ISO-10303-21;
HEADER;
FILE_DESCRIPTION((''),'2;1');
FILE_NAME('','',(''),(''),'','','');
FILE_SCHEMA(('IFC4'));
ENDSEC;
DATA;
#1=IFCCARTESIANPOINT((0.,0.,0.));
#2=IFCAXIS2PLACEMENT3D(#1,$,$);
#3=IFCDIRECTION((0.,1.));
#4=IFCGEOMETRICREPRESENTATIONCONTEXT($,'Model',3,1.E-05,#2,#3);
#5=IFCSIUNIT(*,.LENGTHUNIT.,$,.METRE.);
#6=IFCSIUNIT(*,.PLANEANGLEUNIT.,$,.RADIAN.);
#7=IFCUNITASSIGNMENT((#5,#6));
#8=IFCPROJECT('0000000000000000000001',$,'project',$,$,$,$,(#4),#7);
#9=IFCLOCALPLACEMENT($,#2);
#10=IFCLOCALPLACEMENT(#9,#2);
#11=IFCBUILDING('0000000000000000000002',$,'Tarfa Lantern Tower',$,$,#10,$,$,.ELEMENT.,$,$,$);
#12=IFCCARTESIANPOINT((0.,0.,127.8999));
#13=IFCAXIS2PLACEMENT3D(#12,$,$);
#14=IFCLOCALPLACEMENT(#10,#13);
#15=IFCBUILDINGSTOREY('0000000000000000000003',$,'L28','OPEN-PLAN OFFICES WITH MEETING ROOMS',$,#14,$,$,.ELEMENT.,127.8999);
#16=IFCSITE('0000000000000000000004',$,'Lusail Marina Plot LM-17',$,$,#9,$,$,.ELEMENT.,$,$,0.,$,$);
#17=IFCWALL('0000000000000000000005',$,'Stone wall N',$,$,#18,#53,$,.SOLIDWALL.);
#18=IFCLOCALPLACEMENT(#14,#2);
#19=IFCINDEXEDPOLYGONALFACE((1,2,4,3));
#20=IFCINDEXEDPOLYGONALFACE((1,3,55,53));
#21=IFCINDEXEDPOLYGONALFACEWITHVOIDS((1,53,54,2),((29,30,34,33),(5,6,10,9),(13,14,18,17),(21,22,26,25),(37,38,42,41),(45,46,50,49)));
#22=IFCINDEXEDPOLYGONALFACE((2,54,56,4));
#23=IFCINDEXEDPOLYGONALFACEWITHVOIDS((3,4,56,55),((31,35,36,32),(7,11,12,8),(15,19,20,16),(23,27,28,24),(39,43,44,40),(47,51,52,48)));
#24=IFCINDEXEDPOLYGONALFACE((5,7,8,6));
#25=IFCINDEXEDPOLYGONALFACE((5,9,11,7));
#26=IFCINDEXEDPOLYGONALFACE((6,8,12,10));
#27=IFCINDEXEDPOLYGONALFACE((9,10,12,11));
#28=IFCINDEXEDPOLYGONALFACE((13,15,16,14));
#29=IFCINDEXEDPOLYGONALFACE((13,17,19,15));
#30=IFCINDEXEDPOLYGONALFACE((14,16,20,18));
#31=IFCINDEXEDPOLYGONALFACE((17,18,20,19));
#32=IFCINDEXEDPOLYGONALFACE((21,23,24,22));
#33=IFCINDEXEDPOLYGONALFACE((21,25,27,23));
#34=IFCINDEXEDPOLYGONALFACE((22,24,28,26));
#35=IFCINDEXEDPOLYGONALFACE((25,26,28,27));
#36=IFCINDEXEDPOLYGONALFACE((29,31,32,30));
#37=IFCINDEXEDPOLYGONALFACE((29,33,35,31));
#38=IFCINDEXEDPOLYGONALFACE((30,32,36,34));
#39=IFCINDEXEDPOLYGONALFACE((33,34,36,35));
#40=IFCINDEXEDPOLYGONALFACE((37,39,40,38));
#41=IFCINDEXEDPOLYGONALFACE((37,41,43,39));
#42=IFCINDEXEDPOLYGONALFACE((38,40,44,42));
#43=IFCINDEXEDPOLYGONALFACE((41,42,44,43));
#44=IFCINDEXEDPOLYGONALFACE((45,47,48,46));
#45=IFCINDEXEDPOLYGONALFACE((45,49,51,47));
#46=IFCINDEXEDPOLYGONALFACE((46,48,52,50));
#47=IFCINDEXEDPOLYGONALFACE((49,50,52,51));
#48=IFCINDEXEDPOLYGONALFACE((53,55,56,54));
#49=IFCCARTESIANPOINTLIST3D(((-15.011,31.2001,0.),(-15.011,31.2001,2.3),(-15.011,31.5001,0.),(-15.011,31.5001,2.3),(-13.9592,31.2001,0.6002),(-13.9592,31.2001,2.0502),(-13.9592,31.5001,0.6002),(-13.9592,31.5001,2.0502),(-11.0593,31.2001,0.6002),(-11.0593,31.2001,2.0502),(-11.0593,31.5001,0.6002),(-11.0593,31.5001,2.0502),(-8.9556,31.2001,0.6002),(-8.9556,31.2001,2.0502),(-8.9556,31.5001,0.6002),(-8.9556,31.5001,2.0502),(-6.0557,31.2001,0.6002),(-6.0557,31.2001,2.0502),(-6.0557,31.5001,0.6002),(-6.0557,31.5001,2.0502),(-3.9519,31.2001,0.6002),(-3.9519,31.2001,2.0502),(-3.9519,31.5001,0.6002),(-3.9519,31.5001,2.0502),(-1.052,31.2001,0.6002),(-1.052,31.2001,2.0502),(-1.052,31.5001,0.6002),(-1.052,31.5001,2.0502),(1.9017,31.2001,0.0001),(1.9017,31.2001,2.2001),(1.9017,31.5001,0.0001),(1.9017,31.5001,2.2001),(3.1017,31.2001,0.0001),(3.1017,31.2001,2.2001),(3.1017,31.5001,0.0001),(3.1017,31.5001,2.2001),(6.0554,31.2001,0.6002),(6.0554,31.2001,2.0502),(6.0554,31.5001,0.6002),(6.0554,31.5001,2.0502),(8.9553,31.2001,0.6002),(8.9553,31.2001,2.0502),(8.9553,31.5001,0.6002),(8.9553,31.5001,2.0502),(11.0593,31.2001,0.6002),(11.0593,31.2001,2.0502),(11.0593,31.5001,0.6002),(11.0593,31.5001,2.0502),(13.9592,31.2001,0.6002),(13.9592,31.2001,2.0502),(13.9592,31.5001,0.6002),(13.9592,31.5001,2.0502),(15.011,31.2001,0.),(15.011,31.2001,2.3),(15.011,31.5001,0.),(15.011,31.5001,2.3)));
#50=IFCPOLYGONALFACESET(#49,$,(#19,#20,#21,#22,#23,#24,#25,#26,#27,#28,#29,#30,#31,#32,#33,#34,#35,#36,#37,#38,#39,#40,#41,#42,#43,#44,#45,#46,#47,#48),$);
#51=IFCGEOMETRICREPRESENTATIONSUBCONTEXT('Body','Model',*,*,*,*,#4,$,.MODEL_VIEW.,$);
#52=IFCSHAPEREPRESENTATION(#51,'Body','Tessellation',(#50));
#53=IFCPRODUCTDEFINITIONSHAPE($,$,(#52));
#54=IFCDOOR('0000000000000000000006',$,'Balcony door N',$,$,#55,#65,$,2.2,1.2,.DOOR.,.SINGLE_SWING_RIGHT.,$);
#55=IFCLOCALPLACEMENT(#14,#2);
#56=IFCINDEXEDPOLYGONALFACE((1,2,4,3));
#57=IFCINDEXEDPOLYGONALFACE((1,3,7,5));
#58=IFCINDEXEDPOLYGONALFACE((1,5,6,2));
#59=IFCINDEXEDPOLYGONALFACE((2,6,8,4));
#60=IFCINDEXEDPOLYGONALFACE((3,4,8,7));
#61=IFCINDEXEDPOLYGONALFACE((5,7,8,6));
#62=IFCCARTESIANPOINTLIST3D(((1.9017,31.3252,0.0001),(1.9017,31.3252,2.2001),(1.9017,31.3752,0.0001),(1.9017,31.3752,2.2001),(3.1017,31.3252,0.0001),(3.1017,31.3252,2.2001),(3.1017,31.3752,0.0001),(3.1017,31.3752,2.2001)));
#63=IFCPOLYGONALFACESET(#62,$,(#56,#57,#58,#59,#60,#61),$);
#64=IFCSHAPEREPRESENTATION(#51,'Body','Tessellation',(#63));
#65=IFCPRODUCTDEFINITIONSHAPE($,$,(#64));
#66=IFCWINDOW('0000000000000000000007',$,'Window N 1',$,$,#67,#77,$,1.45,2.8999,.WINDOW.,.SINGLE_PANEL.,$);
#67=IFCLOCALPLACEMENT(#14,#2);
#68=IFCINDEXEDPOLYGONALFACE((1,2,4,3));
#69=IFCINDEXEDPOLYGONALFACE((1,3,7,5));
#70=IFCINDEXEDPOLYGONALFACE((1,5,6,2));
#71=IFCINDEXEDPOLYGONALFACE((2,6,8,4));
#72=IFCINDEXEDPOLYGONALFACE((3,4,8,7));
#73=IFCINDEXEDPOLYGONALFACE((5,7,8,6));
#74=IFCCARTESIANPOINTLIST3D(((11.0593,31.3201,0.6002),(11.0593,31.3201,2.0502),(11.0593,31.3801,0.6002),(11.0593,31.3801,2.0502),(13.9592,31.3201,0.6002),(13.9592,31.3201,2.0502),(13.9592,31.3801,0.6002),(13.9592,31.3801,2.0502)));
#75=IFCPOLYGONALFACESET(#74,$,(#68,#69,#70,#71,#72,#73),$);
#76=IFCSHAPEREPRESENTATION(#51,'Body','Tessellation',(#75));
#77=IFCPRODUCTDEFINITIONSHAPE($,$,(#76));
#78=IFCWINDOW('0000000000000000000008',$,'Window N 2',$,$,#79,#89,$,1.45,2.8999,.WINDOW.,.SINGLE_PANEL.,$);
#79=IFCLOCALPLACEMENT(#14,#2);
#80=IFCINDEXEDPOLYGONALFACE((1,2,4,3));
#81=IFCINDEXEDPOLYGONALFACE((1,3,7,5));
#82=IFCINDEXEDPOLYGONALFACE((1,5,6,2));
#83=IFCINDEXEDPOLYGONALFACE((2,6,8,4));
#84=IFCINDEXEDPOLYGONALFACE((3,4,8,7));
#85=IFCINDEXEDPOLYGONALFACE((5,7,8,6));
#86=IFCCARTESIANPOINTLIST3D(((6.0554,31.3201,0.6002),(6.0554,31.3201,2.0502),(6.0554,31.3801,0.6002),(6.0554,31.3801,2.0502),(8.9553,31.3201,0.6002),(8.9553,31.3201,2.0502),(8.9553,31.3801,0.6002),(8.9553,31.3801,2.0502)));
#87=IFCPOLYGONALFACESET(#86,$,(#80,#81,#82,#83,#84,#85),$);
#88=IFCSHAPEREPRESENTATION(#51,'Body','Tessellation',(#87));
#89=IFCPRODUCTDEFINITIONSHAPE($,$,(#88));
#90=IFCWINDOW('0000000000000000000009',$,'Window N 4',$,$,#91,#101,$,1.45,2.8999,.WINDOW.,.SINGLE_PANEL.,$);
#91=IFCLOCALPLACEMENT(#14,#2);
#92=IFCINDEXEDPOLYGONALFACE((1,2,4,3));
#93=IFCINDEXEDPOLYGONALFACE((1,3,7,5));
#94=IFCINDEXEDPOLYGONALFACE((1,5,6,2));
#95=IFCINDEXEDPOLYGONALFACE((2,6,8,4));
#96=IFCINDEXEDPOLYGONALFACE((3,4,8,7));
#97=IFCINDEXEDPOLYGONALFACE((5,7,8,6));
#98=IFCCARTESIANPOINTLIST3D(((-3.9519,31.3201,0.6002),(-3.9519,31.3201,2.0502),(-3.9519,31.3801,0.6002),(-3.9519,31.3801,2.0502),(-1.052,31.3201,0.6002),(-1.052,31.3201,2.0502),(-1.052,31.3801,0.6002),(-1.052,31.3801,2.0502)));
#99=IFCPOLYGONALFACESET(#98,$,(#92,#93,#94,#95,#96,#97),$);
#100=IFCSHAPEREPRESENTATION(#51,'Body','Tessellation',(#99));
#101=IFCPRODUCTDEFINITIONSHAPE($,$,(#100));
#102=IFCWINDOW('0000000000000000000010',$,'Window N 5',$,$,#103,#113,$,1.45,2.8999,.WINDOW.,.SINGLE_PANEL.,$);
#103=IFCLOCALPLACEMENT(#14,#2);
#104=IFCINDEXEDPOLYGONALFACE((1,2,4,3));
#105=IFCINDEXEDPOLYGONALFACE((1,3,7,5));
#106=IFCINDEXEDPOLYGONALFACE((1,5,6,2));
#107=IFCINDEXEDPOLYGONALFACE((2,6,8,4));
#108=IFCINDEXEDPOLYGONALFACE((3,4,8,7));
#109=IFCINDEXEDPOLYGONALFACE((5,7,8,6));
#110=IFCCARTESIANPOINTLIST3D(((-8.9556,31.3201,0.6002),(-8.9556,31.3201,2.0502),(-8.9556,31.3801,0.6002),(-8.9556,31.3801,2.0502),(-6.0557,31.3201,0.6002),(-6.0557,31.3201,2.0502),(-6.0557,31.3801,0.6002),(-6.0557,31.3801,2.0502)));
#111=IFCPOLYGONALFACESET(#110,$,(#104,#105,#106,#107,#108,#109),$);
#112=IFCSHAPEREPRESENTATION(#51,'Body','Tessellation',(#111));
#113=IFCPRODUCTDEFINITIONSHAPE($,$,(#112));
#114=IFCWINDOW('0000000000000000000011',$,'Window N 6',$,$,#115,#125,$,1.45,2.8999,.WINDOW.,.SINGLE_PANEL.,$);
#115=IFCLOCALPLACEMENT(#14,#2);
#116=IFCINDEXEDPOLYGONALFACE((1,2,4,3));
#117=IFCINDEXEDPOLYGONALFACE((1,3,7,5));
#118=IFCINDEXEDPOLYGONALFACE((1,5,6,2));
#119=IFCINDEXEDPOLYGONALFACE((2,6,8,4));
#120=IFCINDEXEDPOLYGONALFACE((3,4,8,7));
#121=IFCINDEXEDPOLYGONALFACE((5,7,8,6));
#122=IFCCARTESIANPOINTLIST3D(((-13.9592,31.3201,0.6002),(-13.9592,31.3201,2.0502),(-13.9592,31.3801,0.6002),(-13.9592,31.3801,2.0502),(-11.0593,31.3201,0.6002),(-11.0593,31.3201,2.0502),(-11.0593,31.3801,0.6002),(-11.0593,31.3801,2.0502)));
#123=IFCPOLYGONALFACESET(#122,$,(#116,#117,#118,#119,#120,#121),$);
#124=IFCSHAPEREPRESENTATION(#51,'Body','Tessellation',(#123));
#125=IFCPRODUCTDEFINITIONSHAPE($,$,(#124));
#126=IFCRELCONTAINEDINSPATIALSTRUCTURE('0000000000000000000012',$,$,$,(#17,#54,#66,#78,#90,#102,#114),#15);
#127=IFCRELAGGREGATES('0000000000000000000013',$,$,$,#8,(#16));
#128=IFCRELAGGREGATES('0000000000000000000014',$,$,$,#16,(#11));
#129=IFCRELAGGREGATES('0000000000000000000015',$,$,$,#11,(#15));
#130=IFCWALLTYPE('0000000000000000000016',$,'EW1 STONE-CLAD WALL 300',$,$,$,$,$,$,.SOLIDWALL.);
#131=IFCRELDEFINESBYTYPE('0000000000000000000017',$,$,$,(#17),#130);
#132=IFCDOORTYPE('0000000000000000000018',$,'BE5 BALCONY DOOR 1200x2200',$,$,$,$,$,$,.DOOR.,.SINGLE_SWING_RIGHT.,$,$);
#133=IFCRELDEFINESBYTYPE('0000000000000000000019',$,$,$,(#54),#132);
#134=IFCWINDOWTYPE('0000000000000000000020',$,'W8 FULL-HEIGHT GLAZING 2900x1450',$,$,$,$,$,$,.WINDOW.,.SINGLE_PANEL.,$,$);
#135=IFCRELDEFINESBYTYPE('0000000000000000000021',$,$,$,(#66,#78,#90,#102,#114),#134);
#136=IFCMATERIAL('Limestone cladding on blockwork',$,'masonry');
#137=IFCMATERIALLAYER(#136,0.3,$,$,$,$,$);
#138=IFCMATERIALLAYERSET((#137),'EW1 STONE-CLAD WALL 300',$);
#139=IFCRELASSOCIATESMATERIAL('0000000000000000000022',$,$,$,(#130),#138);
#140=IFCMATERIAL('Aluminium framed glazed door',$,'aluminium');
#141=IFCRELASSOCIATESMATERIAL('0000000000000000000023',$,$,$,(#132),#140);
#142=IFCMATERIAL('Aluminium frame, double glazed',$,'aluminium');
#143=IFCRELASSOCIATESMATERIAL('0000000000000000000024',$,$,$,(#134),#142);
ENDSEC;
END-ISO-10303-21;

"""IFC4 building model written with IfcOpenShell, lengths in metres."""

from ifc_helpers import new_model, si_unit, direction, frame, frame_2d, origin, place, context, subcontext, project, spatial, rectangle, extrude, material, layer, layer_set, type_object, element, fill, save


model = new_model("IFC4")

# Units and contexts
model_context = context("Model", 3, precision=1e-05, world=origin(), true_north=direction((0.0, 1.0)))
body_context = subcontext(model_context, "Body", "Model", "MODEL_VIEW")
ifc_project = project(units=[si_unit("LENGTHUNIT", "METRE"), si_unit("PLANEANGLEUNIT", "RADIAN")], contexts=[model_context])

# Site, building, storey
site_placement = place(None, origin())
site = spatial("IfcSite", under=ifc_project, at=site_placement, Name="Lusail Marina Plot LM-17", CompositionType="ELEMENT", RefElevation=0.0)
building_placement = place(site_placement, origin())
building = spatial("IfcBuilding", under=site, at=building_placement, Name="Tarfa Lantern Tower", CompositionType="ELEMENT")
storey_placement = place(building_placement, frame((0.0, 0.0, 127.8999)))
storey = spatial("IfcBuildingStorey", under=building, at=storey_placement, Name="L28", Description="OPEN-PLAN OFFICES WITH MEETING ROOMS", CompositionType="ELEMENT", Elevation=127.8999)

# Wall, openings, door, windows
ifc_material_1 = material(Name="Limestone cladding on blockwork", Category="masonry")
ifc_layer_1 = layer(ifc_material_1, 0.3)
ifc_layer_set_1 = layer_set([ifc_layer_1], Name="EW1 STONE-CLAD WALL 300")
wall_type = type_object("IfcWallType", Name="EW1 STONE-CLAD WALL 300", PredefinedType="SOLIDWALL", material=ifc_layer_set_1)
wall_placement = place(storey_placement, frame((15.011, 31.3501, 0.0), z_axis=(0.0, 0.0, 1.0), x_axis=(-1.0, 0.0, 0.0)))
wall = element("IfcWall", 1, at=wall_placement, inside=storey, type_object=wall_type, Name="Stone wall N", PredefinedType="SOLIDWALL", context=body_context, shape_type="SweptSolid", body=[
    extrude(rectangle(XDim=30.022, YDim=0.3, at=frame_2d((15.011, 0.0))), origin(), (0.0, 0.0, 1.0), 2.3),
])
opening_1_placement = place(wall_placement, frame((1.0518, 0.0, 0.6001)))
opening_1 = element("IfcOpeningElement", 2, at=opening_1_placement, cuts=wall, PredefinedType="OPENING", context=body_context, shape_type="SweptSolid", body=[
    extrude(rectangle(XDim=2.8999, YDim=1.45, at=frame_2d((1.45, 0.7251))), frame((0.0, 0.1599, 0.0), z_axis=(0.0, -1.0, 0.0), x_axis=(1.0, 0.0, 0.0)), (0.0, 0.0, 1.0), 0.3201),
])
opening_2_placement = place(wall_placement, frame((6.0557, 0.0, 0.6001)))
opening_2 = element("IfcOpeningElement", 3, at=opening_2_placement, cuts=wall, PredefinedType="OPENING", context=body_context, shape_type="SweptSolid", body=[
    extrude(rectangle(XDim=2.8999, YDim=1.45, at=frame_2d((1.45, 0.7251))), frame((0.0, 0.1599, 0.0), z_axis=(0.0, -1.0, 0.0), x_axis=(1.0, 0.0, 0.0)), (0.0, 0.0, 1.0), 0.3201),
])
opening_3_placement = place(wall_placement, frame((11.9092, 0.0, 0.0)))
opening_3 = element("IfcOpeningElement", 4, at=opening_3_placement, cuts=wall, PredefinedType="OPENING", context=body_context, shape_type="SweptSolid", body=[
    extrude(rectangle(XDim=1.2, YDim=2.2, at=frame_2d((0.6001, 1.1001))), frame((0.0, 0.1599, 0.0), z_axis=(0.0, -1.0, 0.0), x_axis=(1.0, 0.0, 0.0)), (0.0, 0.0, 1.0), 0.3201),
])
opening_4_placement = place(wall_placement, frame((16.063, 0.0, 0.6001)))
opening_4 = element("IfcOpeningElement", 5, at=opening_4_placement, cuts=wall, PredefinedType="OPENING", context=body_context, shape_type="SweptSolid", body=[
    extrude(rectangle(XDim=2.8999, YDim=1.45, at=frame_2d((1.45, 0.7251))), frame((0.0, 0.1599, 0.0), z_axis=(0.0, -1.0, 0.0), x_axis=(1.0, 0.0, 0.0)), (0.0, 0.0, 1.0), 0.3201),
])
opening_5_placement = place(wall_placement, frame((21.0667, 0.0, 0.6001)))
opening_5 = element("IfcOpeningElement", 6, at=opening_5_placement, cuts=wall, PredefinedType="OPENING", context=body_context, shape_type="SweptSolid", body=[
    extrude(rectangle(XDim=2.8999, YDim=1.45, at=frame_2d((1.45, 0.7251))), frame((0.0, 0.1599, 0.0), z_axis=(0.0, -1.0, 0.0), x_axis=(1.0, 0.0, 0.0)), (0.0, 0.0, 1.0), 0.3201),
])
opening_6_placement = place(wall_placement, frame((26.0703, 0.0, 0.6001)))
opening_6 = element("IfcOpeningElement", 7, at=opening_6_placement, cuts=wall, PredefinedType="OPENING", context=body_context, shape_type="SweptSolid", body=[
    extrude(rectangle(XDim=2.8999, YDim=1.45, at=frame_2d((1.45, 0.7251))), frame((0.0, 0.1599, 0.0), z_axis=(0.0, -1.0, 0.0), x_axis=(1.0, 0.0, 0.0)), (0.0, 0.0, 1.0), 0.3201),
])
ifc_material_2 = material(Name="Aluminium framed glazed door", Category="aluminium")
door_type = type_object("IfcDoorType", Name="BE5 BALCONY DOOR 1200x2200", OperationType="SINGLE_SWING_RIGHT", PredefinedType="DOOR", material=ifc_material_2)
door_placement = place(opening_3_placement, origin())
door = element("IfcDoor", 8, at=door_placement, inside=storey, type_object=door_type, Name="Balcony door N", OperationType="SINGLE_SWING_RIGHT", OverallHeight=2.2, OverallWidth=1.2, PredefinedType="DOOR", context=body_context, shape_type="SweptSolid", body=[
    extrude(rectangle(XDim=1.2, YDim=2.2, at=frame_2d((0.6001, 1.1001))), frame((0.0, 0.0249, 0.0), z_axis=(0.0, -1.0, 0.0), x_axis=(1.0, 0.0, 0.0)), (0.0, 0.0, 1.0), 0.05),
])
fill(opening_3, door)
ifc_material_3 = material(Name="Aluminium frame, double glazed", Category="aluminium")
window_type = type_object("IfcWindowType", Name="W8 FULL-HEIGHT GLAZING 2900x1450", PartitioningType="SINGLE_PANEL", PredefinedType="WINDOW", material=ifc_material_3)
window_1_placement = place(opening_1_placement, origin())
window_1 = element("IfcWindow", 9, at=window_1_placement, inside=storey, type_object=window_type, Name="Window N 1", OverallHeight=1.45, OverallWidth=2.8999, PartitioningType="SINGLE_PANEL", PredefinedType="WINDOW", context=body_context, shape_type="SweptSolid", body=[
    extrude(rectangle(XDim=2.8999, YDim=1.45, at=frame_2d((1.45, 0.7251))), frame((0.0, 0.03, 0.0), z_axis=(0.0, -1.0, 0.0), x_axis=(1.0, 0.0, 0.0)), (0.0, 0.0, 1.0), 0.0601),
])
fill(opening_1, window_1)
window_2_placement = place(opening_2_placement, origin())
window_2 = element("IfcWindow", 10, at=window_2_placement, inside=storey, type_object=window_type, Name="Window N 2", OverallHeight=1.45, OverallWidth=2.8999, PartitioningType="SINGLE_PANEL", PredefinedType="WINDOW", context=body_context, shape_type="SweptSolid", body=[
    extrude(rectangle(XDim=2.8999, YDim=1.45, at=frame_2d((1.45, 0.7251))), frame((0.0, 0.03, 0.0), z_axis=(0.0, -1.0, 0.0), x_axis=(1.0, 0.0, 0.0)), (0.0, 0.0, 1.0), 0.0601),
])
fill(opening_2, window_2)
window_3_placement = place(opening_4_placement, origin())
window_3 = element("IfcWindow", 11, at=window_3_placement, inside=storey, type_object=window_type, Name="Window N 4", OverallHeight=1.45, OverallWidth=2.8999, PartitioningType="SINGLE_PANEL", PredefinedType="WINDOW", context=body_context, shape_type="SweptSolid", body=[
    extrude(rectangle(XDim=2.8999, YDim=1.45, at=frame_2d((1.45, 0.7251))), frame((0.0, 0.03, 0.0), z_axis=(0.0, -1.0, 0.0), x_axis=(1.0, 0.0, 0.0)), (0.0, 0.0, 1.0), 0.0601),
])
fill(opening_4, window_3)
window_4_placement = place(opening_5_placement, origin())
window_4 = element("IfcWindow", 12, at=window_4_placement, inside=storey, type_object=window_type, Name="Window N 5", OverallHeight=1.45, OverallWidth=2.8999, PartitioningType="SINGLE_PANEL", PredefinedType="WINDOW", context=body_context, shape_type="SweptSolid", body=[
    extrude(rectangle(XDim=2.8999, YDim=1.45, at=frame_2d((1.45, 0.7251))), frame((0.0, 0.03, 0.0), z_axis=(0.0, -1.0, 0.0), x_axis=(1.0, 0.0, 0.0)), (0.0, 0.0, 1.0), 0.0601),
])
fill(opening_5, window_4)
window_5_placement = place(opening_6_placement, origin())
window_5 = element("IfcWindow", 13, at=window_5_placement, inside=storey, type_object=window_type, Name="Window N 6", OverallHeight=1.45, OverallWidth=2.8999, PartitioningType="SINGLE_PANEL", PredefinedType="WINDOW", context=body_context, shape_type="SweptSolid", body=[
    extrude(rectangle(XDim=2.8999, YDim=1.45, at=frame_2d((1.45, 0.7251))), frame((0.0, 0.03, 0.0), z_axis=(0.0, -1.0, 0.0), x_axis=(1.0, 0.0, 0.0)), (0.0, 0.0, 1.0), 0.0601),
])
fill(opening_6, window_5)

save(model, "model.ifc")
